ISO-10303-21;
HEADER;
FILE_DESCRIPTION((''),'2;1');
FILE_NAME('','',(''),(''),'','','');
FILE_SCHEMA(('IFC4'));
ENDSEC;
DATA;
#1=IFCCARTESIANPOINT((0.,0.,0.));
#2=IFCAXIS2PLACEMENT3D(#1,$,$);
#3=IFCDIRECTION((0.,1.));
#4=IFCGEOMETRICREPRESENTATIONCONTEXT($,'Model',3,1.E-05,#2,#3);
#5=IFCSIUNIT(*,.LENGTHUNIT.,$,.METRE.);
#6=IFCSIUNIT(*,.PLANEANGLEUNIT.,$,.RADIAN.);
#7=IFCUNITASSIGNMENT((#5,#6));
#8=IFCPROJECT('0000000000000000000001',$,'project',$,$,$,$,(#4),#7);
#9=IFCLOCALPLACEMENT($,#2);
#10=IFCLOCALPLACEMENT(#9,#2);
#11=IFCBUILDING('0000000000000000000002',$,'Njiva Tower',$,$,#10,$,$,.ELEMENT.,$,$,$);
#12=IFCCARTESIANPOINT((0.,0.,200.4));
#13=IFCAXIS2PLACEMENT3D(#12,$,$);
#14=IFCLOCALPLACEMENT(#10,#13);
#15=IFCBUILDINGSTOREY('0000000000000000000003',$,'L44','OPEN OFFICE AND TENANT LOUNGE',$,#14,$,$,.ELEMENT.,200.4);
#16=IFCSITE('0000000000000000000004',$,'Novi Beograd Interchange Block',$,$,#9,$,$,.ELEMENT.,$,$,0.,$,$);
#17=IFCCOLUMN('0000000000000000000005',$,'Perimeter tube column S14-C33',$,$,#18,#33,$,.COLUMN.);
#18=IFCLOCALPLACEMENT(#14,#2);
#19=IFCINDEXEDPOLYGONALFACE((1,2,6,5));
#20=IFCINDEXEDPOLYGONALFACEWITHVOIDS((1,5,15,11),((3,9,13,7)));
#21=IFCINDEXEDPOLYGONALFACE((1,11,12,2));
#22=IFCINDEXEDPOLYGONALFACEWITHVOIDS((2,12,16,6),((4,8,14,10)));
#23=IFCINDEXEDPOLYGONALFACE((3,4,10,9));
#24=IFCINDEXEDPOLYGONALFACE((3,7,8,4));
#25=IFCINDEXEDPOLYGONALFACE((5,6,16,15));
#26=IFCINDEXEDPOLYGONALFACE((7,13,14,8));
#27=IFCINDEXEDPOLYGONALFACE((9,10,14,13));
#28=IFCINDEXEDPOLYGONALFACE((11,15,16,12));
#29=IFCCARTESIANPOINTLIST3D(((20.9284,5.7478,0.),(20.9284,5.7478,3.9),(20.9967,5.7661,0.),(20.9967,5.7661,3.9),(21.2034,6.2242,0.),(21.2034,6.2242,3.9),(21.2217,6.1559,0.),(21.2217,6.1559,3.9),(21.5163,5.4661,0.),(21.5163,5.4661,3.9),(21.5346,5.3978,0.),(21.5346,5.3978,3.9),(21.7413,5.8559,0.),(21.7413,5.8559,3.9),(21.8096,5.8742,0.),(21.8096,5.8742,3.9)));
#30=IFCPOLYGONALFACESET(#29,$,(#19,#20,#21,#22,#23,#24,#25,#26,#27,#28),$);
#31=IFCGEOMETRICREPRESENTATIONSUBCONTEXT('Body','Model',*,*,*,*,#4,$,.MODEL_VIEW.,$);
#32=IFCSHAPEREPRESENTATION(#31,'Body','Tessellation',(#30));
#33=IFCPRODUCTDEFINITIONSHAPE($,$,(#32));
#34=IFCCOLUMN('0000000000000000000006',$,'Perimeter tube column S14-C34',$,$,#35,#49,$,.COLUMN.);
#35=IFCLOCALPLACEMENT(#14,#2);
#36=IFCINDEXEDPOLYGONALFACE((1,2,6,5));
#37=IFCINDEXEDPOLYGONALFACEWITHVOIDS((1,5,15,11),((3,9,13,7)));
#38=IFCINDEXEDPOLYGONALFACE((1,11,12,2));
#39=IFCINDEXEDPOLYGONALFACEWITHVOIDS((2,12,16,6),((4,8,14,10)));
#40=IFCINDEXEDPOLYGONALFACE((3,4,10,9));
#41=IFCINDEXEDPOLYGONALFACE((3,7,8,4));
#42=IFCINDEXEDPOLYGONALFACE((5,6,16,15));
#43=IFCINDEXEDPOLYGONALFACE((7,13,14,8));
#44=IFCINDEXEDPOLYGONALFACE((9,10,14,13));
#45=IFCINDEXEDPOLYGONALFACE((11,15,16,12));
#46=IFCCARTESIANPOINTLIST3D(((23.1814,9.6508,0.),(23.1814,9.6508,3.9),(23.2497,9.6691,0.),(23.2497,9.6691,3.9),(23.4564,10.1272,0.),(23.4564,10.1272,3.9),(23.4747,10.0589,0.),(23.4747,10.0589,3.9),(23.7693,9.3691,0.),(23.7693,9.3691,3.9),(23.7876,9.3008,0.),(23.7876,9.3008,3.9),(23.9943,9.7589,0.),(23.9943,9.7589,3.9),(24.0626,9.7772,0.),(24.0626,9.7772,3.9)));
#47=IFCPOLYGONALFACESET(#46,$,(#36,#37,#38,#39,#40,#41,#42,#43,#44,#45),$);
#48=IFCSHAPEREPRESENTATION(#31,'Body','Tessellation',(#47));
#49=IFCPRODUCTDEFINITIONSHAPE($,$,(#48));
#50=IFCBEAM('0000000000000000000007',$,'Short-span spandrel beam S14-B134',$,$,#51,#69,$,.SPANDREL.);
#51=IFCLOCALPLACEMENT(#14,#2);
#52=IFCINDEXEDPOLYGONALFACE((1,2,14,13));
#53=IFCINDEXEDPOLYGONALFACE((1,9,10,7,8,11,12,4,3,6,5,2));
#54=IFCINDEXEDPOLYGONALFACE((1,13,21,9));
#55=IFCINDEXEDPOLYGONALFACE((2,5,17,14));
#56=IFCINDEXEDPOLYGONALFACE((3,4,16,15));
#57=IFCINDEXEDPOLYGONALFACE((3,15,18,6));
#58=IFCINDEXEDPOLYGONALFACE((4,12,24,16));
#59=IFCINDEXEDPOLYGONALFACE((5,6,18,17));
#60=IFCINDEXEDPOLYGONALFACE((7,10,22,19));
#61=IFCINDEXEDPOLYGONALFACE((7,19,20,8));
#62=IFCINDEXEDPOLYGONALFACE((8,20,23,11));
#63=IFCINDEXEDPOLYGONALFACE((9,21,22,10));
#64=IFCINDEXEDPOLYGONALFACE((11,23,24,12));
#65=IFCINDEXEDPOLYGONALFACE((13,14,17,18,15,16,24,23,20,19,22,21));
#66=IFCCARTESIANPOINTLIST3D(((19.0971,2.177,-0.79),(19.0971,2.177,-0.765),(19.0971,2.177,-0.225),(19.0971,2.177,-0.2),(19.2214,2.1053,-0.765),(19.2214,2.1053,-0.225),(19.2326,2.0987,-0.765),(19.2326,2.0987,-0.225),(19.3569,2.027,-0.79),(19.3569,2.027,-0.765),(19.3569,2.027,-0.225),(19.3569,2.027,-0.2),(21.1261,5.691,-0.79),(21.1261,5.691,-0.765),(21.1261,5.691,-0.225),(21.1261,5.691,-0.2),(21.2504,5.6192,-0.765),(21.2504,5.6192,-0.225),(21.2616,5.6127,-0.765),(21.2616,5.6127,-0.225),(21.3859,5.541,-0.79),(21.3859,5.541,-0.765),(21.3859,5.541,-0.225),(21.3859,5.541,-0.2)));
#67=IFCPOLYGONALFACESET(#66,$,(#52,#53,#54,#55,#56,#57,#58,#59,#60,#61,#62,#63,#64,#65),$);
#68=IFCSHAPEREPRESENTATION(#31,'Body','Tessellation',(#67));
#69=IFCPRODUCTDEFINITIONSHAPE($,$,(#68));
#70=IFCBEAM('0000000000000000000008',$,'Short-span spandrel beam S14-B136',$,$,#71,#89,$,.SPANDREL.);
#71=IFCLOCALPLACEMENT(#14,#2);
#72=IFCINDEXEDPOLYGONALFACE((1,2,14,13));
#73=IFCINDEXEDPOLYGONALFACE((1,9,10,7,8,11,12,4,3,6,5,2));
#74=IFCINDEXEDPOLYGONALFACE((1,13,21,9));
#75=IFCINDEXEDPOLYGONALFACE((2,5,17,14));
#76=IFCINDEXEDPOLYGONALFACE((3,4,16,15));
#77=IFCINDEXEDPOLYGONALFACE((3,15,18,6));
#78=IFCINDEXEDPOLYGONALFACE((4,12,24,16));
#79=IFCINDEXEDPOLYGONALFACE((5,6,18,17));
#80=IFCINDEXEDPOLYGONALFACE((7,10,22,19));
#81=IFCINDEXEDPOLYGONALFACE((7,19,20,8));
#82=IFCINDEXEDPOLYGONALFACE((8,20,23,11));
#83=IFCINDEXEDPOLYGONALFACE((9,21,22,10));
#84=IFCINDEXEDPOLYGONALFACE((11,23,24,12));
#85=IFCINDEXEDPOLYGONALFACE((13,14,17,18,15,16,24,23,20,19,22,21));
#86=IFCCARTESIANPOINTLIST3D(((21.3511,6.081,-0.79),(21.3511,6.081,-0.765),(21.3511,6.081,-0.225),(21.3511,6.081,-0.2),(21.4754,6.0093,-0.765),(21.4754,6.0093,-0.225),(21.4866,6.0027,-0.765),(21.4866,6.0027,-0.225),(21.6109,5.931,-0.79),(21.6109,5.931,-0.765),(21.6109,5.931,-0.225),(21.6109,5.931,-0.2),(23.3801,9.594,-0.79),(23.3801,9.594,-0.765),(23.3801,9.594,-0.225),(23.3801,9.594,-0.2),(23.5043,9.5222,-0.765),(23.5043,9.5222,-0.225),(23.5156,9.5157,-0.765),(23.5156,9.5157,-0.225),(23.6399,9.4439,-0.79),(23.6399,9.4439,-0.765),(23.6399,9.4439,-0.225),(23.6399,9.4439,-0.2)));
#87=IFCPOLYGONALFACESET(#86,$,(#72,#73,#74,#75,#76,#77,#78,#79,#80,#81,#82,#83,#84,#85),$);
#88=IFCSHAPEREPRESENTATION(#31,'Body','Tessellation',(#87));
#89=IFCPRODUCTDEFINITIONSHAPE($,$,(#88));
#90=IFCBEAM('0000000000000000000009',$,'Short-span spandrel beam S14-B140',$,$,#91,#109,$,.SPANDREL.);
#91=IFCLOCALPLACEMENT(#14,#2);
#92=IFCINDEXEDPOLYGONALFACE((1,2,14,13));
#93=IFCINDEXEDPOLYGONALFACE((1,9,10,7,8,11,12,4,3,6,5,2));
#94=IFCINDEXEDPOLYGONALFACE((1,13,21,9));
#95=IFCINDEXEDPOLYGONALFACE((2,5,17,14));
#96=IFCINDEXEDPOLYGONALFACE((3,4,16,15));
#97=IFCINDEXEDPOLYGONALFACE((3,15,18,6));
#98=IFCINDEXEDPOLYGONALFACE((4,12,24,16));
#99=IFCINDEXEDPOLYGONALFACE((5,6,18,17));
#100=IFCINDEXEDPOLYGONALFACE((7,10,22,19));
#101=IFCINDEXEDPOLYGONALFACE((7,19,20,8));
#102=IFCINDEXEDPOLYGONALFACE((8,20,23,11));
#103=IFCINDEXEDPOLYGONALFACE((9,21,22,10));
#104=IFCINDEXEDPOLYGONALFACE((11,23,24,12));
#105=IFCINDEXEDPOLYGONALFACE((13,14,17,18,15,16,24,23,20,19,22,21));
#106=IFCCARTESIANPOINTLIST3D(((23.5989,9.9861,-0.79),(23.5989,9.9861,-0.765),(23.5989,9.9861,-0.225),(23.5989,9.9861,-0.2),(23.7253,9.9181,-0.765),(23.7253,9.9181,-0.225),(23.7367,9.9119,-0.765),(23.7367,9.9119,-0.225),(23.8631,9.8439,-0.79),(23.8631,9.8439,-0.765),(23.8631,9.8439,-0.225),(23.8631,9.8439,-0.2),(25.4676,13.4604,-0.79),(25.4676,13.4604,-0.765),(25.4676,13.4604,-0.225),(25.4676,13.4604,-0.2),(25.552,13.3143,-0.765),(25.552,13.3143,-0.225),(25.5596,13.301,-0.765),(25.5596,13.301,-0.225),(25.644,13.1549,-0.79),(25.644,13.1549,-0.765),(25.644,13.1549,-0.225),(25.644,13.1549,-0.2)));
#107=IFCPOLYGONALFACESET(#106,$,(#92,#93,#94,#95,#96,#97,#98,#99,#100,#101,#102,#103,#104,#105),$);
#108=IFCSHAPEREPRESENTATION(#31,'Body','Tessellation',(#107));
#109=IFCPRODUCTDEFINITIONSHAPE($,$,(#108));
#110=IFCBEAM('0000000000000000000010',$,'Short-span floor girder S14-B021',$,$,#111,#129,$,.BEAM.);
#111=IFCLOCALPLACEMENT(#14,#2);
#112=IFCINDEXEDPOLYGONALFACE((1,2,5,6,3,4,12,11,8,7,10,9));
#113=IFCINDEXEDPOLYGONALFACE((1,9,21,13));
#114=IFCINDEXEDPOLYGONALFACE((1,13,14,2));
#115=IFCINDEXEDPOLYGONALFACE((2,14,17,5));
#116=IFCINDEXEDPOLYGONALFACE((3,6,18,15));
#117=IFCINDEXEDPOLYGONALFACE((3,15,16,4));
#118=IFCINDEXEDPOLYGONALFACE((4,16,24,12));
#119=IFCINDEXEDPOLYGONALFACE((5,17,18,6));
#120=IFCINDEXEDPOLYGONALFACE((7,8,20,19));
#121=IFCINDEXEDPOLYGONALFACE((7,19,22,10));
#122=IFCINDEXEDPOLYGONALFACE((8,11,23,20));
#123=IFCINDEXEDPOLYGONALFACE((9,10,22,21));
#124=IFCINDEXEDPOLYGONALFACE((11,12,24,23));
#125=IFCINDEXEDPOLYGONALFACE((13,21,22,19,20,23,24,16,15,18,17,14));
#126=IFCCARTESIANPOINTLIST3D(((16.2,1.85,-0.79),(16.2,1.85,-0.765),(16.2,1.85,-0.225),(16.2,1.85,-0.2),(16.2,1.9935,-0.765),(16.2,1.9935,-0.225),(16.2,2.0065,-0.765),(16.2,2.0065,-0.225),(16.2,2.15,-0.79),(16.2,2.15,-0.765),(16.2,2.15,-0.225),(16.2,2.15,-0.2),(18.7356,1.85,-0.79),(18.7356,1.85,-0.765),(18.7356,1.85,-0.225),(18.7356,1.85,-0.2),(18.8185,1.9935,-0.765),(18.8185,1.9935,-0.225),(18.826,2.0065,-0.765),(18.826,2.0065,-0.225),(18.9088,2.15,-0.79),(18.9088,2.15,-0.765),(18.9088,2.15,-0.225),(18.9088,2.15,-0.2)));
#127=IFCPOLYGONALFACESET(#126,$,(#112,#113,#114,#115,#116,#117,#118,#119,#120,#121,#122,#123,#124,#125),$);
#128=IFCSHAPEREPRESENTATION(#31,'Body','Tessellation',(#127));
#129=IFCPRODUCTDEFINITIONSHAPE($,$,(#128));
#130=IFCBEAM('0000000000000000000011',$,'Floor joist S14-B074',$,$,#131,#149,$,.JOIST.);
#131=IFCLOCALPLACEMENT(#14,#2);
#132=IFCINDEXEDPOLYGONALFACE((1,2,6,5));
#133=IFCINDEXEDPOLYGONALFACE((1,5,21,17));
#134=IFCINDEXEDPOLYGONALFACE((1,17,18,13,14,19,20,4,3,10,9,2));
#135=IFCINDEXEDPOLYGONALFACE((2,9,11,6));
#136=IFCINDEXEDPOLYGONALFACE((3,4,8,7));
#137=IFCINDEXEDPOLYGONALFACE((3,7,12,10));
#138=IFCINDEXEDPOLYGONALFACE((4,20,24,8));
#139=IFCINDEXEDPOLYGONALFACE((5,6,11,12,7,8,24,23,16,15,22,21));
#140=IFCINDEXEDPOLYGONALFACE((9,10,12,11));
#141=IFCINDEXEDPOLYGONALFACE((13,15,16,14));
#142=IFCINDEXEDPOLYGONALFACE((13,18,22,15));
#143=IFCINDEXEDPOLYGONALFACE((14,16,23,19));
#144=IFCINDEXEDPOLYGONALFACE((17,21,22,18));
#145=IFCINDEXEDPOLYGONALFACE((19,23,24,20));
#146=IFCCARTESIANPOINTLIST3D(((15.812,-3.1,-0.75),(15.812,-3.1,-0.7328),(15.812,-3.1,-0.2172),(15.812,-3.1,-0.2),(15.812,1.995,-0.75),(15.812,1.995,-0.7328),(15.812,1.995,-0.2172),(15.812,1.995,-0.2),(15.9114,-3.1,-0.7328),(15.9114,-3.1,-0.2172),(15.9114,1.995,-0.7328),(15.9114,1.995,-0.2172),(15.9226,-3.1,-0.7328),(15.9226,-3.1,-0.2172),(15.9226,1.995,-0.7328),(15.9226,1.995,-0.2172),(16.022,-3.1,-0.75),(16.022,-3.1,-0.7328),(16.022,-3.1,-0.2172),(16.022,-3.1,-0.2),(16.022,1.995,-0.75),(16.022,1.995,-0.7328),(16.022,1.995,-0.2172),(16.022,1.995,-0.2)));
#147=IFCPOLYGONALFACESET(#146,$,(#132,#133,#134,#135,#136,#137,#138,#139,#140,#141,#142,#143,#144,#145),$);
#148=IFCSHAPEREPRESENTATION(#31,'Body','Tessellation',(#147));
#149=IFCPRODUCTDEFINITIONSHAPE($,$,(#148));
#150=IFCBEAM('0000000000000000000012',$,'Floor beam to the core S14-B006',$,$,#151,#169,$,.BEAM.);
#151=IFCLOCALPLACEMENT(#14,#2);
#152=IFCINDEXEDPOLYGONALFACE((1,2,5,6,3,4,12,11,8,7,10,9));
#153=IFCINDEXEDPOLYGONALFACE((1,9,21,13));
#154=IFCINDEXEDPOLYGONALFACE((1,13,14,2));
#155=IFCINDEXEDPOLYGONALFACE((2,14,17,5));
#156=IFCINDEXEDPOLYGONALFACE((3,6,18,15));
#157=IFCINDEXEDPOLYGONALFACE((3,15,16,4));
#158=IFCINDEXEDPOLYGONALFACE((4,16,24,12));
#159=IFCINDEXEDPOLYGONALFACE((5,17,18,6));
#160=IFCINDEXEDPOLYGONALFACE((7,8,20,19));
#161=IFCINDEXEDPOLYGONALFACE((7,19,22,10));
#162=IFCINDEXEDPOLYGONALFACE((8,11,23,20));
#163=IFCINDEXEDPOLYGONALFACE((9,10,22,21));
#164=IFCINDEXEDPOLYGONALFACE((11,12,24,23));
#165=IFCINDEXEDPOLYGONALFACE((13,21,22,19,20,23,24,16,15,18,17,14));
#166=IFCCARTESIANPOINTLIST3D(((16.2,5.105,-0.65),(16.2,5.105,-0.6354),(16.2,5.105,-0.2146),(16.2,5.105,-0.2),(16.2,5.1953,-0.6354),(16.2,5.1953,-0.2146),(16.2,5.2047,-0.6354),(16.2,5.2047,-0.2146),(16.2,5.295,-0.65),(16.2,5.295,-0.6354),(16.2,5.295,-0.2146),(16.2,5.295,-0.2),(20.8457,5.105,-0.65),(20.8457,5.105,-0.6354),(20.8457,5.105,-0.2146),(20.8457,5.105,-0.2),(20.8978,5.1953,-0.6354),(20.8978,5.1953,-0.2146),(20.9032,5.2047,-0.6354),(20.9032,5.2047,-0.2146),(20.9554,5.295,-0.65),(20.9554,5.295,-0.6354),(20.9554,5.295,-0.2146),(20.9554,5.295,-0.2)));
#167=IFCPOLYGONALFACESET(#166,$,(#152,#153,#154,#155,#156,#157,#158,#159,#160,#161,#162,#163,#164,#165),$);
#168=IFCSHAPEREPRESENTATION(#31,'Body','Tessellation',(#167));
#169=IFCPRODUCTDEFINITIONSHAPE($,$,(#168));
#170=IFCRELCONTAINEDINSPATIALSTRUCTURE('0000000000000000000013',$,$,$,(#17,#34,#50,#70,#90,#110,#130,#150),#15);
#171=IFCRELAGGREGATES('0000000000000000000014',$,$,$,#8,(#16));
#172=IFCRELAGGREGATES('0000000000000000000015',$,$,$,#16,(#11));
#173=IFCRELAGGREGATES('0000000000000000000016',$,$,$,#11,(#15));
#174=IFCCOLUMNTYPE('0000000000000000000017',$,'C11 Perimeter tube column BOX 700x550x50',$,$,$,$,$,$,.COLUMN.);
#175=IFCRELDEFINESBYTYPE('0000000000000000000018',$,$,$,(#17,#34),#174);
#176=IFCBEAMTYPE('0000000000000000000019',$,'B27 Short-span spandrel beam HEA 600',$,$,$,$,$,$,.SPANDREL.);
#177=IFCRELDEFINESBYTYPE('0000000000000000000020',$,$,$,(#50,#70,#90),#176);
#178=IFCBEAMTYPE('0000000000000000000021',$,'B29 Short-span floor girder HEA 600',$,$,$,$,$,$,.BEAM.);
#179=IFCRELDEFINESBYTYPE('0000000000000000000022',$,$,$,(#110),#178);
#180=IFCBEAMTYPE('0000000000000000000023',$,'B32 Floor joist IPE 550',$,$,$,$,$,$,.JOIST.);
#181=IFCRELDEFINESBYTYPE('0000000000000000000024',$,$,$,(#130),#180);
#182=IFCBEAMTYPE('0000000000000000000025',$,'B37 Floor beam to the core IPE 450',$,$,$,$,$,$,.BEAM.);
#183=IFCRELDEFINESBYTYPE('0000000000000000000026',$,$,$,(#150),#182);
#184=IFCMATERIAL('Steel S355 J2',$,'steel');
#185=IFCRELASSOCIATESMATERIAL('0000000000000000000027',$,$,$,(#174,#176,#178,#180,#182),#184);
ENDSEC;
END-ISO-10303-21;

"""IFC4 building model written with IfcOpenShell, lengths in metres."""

from ifc_helpers import new_model, si_unit, direction, frame, origin, origin_2d, place, context, subcontext, project, spatial, hollow_rectangle, i_section, extrude, clip, halfspace, material, material_profile, profile_set, type_object, element, save


model = new_model("IFC4")

# Units and contexts
model_context = context("Model", 3, precision=1e-05, world=origin(), true_north=direction((0.0, 1.0)))
body_context = subcontext(model_context, "Body", "Model", "MODEL_VIEW")
ifc_project = project(units=[si_unit("LENGTHUNIT", "METRE"), si_unit("PLANEANGLEUNIT", "RADIAN")], contexts=[model_context])

# Site, building, storey
site_placement = place(None, origin())
site = spatial("IfcSite", under=ifc_project, at=site_placement, Name="Novi Beograd Interchange Block", CompositionType="ELEMENT", RefElevation=0.0)
building_placement = place(site_placement, origin())
building = spatial("IfcBuilding", under=site, at=building_placement, Name="Njiva Tower", CompositionType="ELEMENT")
storey_placement = place(building_placement, frame((0.0, 0.0, 200.4)))
storey = spatial("IfcBuildingStorey", under=building, at=storey_placement, Name="L44", Description="OPEN OFFICE AND TENANT LOUNGE", CompositionType="ELEMENT", Elevation=200.4)

# Columns
ifc_material_1 = material(Name="Steel S355 J2", Category="steel")
ifc_material_profile_1 = material_profile(ifc_material_1, hollow_rectangle(XDim=0.55, YDim=0.7, WallThickness=0.05, at=origin_2d()), Name="BOX 700x550x50")
ifc_profile_set_1 = profile_set([ifc_material_profile_1], Name="Steel S355 J2")
column_type = type_object("IfcColumnType", Name="C11 Perimeter tube column BOX 700x550x50", PredefinedType="COLUMN", material=ifc_profile_set_1)
for number, where, z_axis, x_axis, name in (
    (1, (21.369, 5.811, 0.0), (0.0, 0.0, 1.0), (0.5, 0.866025, 0.0), "Perimeter tube column S14-C33"),
    (2, (23.622, 9.714, 0.0), (0.0, 0.0, 1.0), (0.5, 0.866025, 0.0), "Perimeter tube column S14-C34"),
):
    element("IfcColumn", number, at=place(storey_placement, frame(where, z_axis=z_axis, x_axis=x_axis)), inside=storey, type_object=column_type, Name=name, PredefinedType="COLUMN", context=body_context, shape_type="SweptSolid", body=[
        extrude(hollow_rectangle(XDim=0.55, YDim=0.7, WallThickness=0.05, at=origin_2d()), origin(), (0.0, 0.0, 1.0), 3.9),
    ])

# Beams
ifc_material_profile_2 = material_profile(ifc_material_1, i_section(OverallWidth=0.3, OverallDepth=0.59, WebThickness=0.013, FlangeThickness=0.025, at=origin_2d()), Name="HEA 600")
ifc_profile_set_2 = profile_set([ifc_material_profile_2], Name="Steel S355 J2")
beam_type_1 = type_object("IfcBeamType", Name="B27 Short-span spandrel beam HEA 600", PredefinedType="SPANDREL", material=ifc_profile_set_2)
beam_1_placement = place(storey_placement, frame((19.227, 2.102, -0.495), z_axis=(0.500035, 0.866005, 0.0), x_axis=(-0.866005, 0.500035, 0.0)))
element("IfcBeam", 3, at=beam_1_placement, inside=storey, type_object=beam_type_1, Name="Short-span spandrel beam S14-B134", PredefinedType="SPANDREL", context=body_context, shape_type="SweptSolid", body=[
    extrude(i_section(OverallWidth=0.3, OverallDepth=0.59, WebThickness=0.013, FlangeThickness=0.025, at=origin_2d()), origin(), (0.0, 0.0, 1.0), 4.0577),
])
beam_2_placement = place(storey_placement, frame((21.481, 6.006, -0.495), z_axis=(0.500142, 0.865943, 0.0), x_axis=(-0.865943, 0.500142, 0.0)))
element("IfcBeam", 4, at=beam_2_placement, inside=storey, type_object=beam_type_1, Name="Short-span spandrel beam S14-B136", PredefinedType="SPANDREL", context=body_context, shape_type="SweptSolid", body=[
    extrude(i_section(OverallWidth=0.3, OverallDepth=0.59, WebThickness=0.013, FlangeThickness=0.025, at=origin_2d()), origin(), (0.0, 0.0, 1.0), 4.0568),
])
beam_3_placement = place(storey_placement, frame((23.731, 9.915, -0.495), z_axis=(0.473697, 0.880688, 0.0), x_axis=(-0.880688, 0.473697, 0.0)))
element("IfcBeam", 5, at=beam_3_placement, inside=storey, type_object=beam_type_1, Name="Short-span spandrel beam S14-B140", PredefinedType="SPANDREL", context=body_context, shape_type="Clipping", body=[
    clip(extrude(i_section(OverallWidth=0.3, OverallDepth=0.59, WebThickness=0.013, FlangeThickness=0.025, at=origin_2d()), origin(), (0.0, 0.0, 1.0), 3.9657), halfspace(frame((-0.026, 0.0, 3.8362), z_axis=(-0.525851, 0.0, 0.850577), x_axis=(0.0, 1.0, 0.0)), False)),
])
ifc_material_profile_3 = material_profile(ifc_material_1, i_section(OverallWidth=0.3, OverallDepth=0.59, WebThickness=0.013, FlangeThickness=0.025, at=origin_2d()), Name="HEA 600")
ifc_profile_set_3 = profile_set([ifc_material_profile_3], Name="Steel S355 J2")
beam_type_2 = type_object("IfcBeamType", Name="B29 Short-span floor girder HEA 600", PredefinedType="BEAM", material=ifc_profile_set_3)
beam_4_placement = place(storey_placement, frame((16.2, 2.0, -0.495), z_axis=(1.0, 0.0, 0.0), x_axis=(0.0, 1.0, 0.0)))
element("IfcBeam", 6, at=beam_4_placement, inside=storey, type_object=beam_type_2, Name="Short-span floor girder S14-B021", PredefinedType="BEAM", context=body_context, shape_type="Clipping", body=[
    clip(extrude(i_section(OverallWidth=0.3, OverallDepth=0.59, WebThickness=0.013, FlangeThickness=0.025, at=origin_2d()), origin(), (0.0, 0.0, 1.0), 2.729), halfspace(frame((-0.025, 0.0, 2.6078), z_axis=(-0.499998, 0.0, 0.866027), x_axis=(0.0, 1.0, 0.0)), False)),
])
ifc_material_profile_4 = material_profile(ifc_material_1, i_section(OverallWidth=0.21, OverallDepth=0.55, WebThickness=0.0111, FlangeThickness=0.0172, at=origin_2d()), Name="IPE 550")
ifc_profile_set_4 = profile_set([ifc_material_profile_4], Name="Steel S355 J2")
beam_type_3 = type_object("IfcBeamType", Name="B32 Floor joist IPE 550", PredefinedType="JOIST", material=ifc_profile_set_4)
beam_5_placement = place(storey_placement, frame((15.917, 1.995, -0.475), z_axis=(0.0, -1.0, 0.0), x_axis=(1.0, 0.0, 0.0)))
element("IfcBeam", 7, at=beam_5_placement, inside=storey, type_object=beam_type_3, Name="Floor joist S14-B074", PredefinedType="JOIST", context=body_context, shape_type="SweptSolid", body=[
    extrude(i_section(OverallWidth=0.21, OverallDepth=0.55, WebThickness=0.0111, FlangeThickness=0.0172, at=origin_2d()), origin(), (0.0, 0.0, 1.0), 5.095),
])
ifc_material_profile_5 = material_profile(ifc_material_1, i_section(OverallWidth=0.19, OverallDepth=0.45, WebThickness=0.0094, FlangeThickness=0.0146, at=origin_2d()), Name="IPE 450")
ifc_profile_set_5 = profile_set([ifc_material_profile_5], Name="Steel S355 J2")
beam_type_4 = type_object("IfcBeamType", Name="B37 Floor beam to the core IPE 450", PredefinedType="BEAM", material=ifc_profile_set_5)
beam_6_placement = place(storey_placement, frame((16.2, 5.2, -0.425), z_axis=(1.0, 0.0, 0.0), x_axis=(0.0, 1.0, 0.0)))
element("IfcBeam", 8, at=beam_6_placement, inside=storey, type_object=beam_type_4, Name="Floor beam to the core S14-B006", PredefinedType="BEAM", context=body_context, shape_type="Clipping", body=[
    clip(extrude(i_section(OverallWidth=0.19, OverallDepth=0.45, WebThickness=0.0094, FlangeThickness=0.0146, at=origin_2d()), origin(), (0.0, 0.0, 1.0), 4.776), halfspace(frame((-0.025, 0.0, 4.6861), z_axis=(-0.499998, 0.0, 0.866027), x_axis=(0.0, 1.0, 0.0)), False)),
])

save(model, "model.ifc")
